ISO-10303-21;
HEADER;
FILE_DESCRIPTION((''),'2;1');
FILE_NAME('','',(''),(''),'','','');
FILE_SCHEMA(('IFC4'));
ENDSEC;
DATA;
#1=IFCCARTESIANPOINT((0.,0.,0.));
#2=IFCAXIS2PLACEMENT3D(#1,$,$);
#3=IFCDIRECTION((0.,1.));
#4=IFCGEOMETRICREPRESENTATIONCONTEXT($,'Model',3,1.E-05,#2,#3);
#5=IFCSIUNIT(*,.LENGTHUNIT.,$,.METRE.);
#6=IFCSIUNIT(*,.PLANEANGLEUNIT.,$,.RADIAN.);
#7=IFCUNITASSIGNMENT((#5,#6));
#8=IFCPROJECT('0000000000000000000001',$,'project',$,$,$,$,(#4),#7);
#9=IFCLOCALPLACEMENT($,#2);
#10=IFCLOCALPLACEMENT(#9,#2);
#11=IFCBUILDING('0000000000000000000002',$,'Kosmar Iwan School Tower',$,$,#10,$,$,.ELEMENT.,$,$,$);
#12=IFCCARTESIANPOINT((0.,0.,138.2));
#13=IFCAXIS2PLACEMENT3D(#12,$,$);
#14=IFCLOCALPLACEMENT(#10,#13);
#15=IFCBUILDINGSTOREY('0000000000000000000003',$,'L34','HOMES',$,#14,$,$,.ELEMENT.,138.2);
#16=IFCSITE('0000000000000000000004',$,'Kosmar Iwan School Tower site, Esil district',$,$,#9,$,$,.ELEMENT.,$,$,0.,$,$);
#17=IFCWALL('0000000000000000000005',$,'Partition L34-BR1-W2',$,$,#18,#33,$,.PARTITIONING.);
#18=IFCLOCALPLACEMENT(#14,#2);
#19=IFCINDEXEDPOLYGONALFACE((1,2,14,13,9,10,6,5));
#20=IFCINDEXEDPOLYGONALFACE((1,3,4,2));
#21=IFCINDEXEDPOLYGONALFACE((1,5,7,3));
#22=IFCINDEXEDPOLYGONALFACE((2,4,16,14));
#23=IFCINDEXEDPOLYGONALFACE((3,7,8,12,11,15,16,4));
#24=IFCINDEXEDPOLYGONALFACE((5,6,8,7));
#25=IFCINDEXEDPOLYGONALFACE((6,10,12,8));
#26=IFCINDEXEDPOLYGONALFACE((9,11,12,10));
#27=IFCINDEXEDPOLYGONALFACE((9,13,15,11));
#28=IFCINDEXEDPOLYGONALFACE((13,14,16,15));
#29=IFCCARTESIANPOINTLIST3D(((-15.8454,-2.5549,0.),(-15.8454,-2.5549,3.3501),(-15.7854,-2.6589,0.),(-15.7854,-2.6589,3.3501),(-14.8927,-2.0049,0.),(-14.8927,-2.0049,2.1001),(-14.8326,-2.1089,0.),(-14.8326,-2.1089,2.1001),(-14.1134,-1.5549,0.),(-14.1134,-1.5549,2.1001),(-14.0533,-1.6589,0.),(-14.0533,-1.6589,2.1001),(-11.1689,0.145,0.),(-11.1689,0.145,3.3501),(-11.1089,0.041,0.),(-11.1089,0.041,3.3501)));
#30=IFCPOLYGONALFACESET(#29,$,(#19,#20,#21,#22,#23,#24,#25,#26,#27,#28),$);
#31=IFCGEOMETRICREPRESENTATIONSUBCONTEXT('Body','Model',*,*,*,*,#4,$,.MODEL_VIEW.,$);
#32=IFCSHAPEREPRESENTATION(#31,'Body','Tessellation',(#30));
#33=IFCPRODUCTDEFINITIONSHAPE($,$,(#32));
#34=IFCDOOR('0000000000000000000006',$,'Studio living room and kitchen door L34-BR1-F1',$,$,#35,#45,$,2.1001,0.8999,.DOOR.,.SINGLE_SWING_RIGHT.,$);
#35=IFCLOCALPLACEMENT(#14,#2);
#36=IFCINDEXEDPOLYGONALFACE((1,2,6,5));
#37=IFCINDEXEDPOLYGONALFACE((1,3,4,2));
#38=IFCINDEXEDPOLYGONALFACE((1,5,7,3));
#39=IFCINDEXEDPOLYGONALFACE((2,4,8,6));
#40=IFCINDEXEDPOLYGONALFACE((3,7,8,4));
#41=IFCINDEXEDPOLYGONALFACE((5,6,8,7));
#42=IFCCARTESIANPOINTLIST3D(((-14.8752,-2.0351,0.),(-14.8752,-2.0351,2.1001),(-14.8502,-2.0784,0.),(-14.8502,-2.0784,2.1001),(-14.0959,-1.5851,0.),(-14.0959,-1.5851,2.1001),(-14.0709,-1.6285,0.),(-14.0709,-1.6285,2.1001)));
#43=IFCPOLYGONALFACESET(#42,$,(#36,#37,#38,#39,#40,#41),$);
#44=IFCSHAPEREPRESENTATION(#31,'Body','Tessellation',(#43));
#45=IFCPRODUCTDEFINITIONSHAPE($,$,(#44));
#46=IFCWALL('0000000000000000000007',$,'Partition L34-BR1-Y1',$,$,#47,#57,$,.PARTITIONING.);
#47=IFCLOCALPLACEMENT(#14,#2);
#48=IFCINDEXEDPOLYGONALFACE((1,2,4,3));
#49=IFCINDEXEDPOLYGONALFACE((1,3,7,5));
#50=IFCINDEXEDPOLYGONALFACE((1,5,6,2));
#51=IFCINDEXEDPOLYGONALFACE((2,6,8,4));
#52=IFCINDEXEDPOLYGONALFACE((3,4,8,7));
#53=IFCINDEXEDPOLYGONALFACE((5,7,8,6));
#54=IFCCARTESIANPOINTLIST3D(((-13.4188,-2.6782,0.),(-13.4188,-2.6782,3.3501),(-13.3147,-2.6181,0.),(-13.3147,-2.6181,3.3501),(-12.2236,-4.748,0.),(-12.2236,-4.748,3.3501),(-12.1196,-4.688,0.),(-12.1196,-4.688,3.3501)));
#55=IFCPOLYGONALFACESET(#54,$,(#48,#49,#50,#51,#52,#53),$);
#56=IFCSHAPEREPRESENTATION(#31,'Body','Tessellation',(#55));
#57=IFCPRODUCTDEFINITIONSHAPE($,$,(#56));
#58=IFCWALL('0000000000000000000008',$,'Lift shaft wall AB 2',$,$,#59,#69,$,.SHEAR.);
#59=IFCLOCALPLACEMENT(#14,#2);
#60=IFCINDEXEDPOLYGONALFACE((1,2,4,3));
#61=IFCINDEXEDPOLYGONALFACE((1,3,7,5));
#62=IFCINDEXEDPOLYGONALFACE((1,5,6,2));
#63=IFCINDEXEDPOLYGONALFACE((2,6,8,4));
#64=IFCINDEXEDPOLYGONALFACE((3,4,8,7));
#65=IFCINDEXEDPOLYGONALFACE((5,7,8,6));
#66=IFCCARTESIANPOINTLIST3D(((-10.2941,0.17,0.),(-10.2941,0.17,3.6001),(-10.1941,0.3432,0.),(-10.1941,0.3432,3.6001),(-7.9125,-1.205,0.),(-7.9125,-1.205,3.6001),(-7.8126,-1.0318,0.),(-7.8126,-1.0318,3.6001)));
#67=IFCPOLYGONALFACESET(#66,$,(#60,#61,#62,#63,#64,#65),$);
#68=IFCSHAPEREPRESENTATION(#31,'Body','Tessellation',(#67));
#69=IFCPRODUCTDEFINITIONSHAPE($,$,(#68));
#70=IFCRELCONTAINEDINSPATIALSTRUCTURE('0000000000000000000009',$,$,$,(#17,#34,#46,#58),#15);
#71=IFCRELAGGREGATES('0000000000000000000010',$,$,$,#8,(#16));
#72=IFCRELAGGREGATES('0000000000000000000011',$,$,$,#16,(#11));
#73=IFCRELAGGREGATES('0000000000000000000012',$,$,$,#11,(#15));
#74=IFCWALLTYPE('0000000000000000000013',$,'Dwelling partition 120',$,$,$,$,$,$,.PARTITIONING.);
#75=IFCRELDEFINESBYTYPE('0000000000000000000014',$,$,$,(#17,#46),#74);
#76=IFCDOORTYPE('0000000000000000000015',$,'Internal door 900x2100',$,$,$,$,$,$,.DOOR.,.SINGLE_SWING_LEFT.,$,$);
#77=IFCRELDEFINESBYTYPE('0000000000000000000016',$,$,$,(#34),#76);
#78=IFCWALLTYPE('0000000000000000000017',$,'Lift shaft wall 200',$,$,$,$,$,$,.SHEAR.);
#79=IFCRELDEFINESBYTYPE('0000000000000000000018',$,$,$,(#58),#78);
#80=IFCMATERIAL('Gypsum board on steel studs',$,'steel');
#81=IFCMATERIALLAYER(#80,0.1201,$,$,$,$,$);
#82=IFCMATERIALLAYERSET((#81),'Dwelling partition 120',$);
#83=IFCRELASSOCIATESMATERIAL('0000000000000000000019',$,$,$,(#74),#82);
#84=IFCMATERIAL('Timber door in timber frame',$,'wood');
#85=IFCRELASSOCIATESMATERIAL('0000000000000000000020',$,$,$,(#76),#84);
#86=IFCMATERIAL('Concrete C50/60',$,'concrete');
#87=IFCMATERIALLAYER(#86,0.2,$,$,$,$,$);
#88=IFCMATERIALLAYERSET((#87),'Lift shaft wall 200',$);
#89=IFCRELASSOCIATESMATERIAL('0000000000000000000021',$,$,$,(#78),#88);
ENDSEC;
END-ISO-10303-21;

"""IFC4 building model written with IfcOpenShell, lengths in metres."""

from ifc_helpers import new_model, si_unit, direction, frame, frame_2d, origin, place, context, subcontext, project, spatial, rectangle, extrude, material, layer, layer_set, type_object, element, fill, save


model = new_model("IFC4")

# Units and contexts
model_context = context("Model", 3, precision=1e-05, world=origin(), true_north=direction((0.0, 1.0)))
body_context = subcontext(model_context, "Body", "Model", "MODEL_VIEW")
ifc_project = project(units=[si_unit("LENGTHUNIT", "METRE"), si_unit("PLANEANGLEUNIT", "RADIAN")], contexts=[model_context])

# Site, building, storey
site_placement = place(None, origin())
site = spatial("IfcSite", under=ifc_project, at=site_placement, Name="Kosmar Iwan School Tower site, Esil district", CompositionType="ELEMENT", RefElevation=0.0)
building_placement = place(site_placement, origin())
building = spatial("IfcBuilding", under=site, at=building_placement, Name="Kosmar Iwan School Tower", CompositionType="ELEMENT")
storey_placement = place(building_placement, frame((0.0, 0.0, 138.2)))
storey = spatial("IfcBuildingStorey", under=building, at=storey_placement, Name="L34", Description="HOMES", CompositionType="ELEMENT", Elevation=138.2)

# Shared definitions
ifc_material_1 = material(Name="Gypsum board on steel studs", Category="steel")
ifc_layer_1 = layer(ifc_material_1, 0.1201)
ifc_layer_set_1 = layer_set([ifc_layer_1], Name="Dwelling partition 120")
wall_type_1 = type_object("IfcWallType", Name="Dwelling partition 120", PredefinedType="PARTITIONING", material=ifc_layer_set_1)
ifc_material_2 = material(Name="Timber door in timber frame", Category="wood")
door_type_1 = type_object("IfcDoorType", Name="Internal door 900x2100", OperationType="SINGLE_SWING_LEFT", PredefinedType="DOOR", material=ifc_material_2)

# Wall, opening, door
wall_1_placement = place(storey_placement, frame((-11.1389, 0.093, 0.0), z_axis=(0.0, 0.0, 1.0), x_axis=(-0.866028, -0.499995, 0.0)))
wall_1 = element("IfcWall", 1, at=wall_1_placement, inside=storey, type_object=wall_type_1, Name="Partition L34-BR1-W2", PredefinedType="PARTITIONING", context=body_context, shape_type="SweptSolid", body=[
    extrude(rectangle(XDim=5.3999, YDim=0.1201, at=frame_2d((2.7, 0.0))), origin(), (0.0, 0.0, 1.0), 3.3501),
])
opening_1_placement = place(wall_1_placement, frame((3.3999, 0.0, 0.0)))
opening_1 = element("IfcOpeningElement", 2, at=opening_1_placement, cuts=wall_1, PredefinedType="OPENING", context=body_context, shape_type="SweptSolid", body=[
    extrude(rectangle(XDim=0.8999, YDim=2.1001, at=frame_2d((0.45, 1.05))), frame((0.0, 0.072, 0.0), z_axis=(0.0, -1.0, 0.0), x_axis=(1.0, 0.0, 0.0)), (0.0, 0.0, 1.0), 0.144),
])
door_1_placement = place(opening_1_placement, origin())
door_1 = element("IfcDoor", 3, at=door_1_placement, inside=storey, type_object=door_type_1, Name="Studio living room and kitchen door L34-BR1-F1", OperationType="SINGLE_SWING_RIGHT", OverallHeight=2.1001, OverallWidth=0.8999, PredefinedType="DOOR", context=body_context, shape_type="SweptSolid", body=[
    extrude(rectangle(XDim=0.8999, YDim=2.1001, at=frame_2d((0.45, 1.05))), frame((0.0, 0.0249, 0.0), z_axis=(0.0, -1.0, 0.0), x_axis=(1.0, 0.0, 0.0)), (0.0, 0.0, 1.0), 0.05),
])
fill(opening_1, door_1)

# Walls
wall_2_placement = place(storey_placement, frame((-12.1716, -4.718, 0.0), z_axis=(0.0, 0.0, 1.0), x_axis=(-0.500017, 0.866015, 0.0)))
element("IfcWall", 4, at=wall_2_placement, inside=storey, type_object=wall_type_1, Name="Partition L34-BR1-Y1", PredefinedType="PARTITIONING", context=body_context, shape_type="SweptSolid", body=[
    extrude(rectangle(XDim=2.3901, YDim=0.1201, at=frame_2d((1.1951, 0.0))), origin(), (0.0, 0.0, 1.0), 3.3501),
])
ifc_material_3 = material(Name="Concrete C50/60", Category="concrete")
ifc_layer_2 = layer(ifc_material_3, 0.2)
ifc_layer_set_2 = layer_set([ifc_layer_2], Name="Lift shaft wall 200")
wall_type_2 = type_object("IfcWallType", Name="Lift shaft wall 200", PredefinedType="SHEAR", material=ifc_layer_set_2)
wall_3_placement = place(storey_placement, frame((-7.8625, -1.1184, 0.0), z_axis=(0.0, 0.0, 1.0), x_axis=(-0.866027, 0.499997, 0.0)))
element("IfcWall", 5, at=wall_3_placement, inside=storey, type_object=wall_type_2, Name="Lift shaft wall AB 2", PredefinedType="SHEAR", context=body_context, shape_type="SweptSolid", body=[
    extrude(rectangle(XDim=2.75, YDim=0.2, at=frame_2d((1.375, 0.0))), origin(), (0.0, 0.0, 1.0), 3.6001),
])

save(model, "model.ifc")
